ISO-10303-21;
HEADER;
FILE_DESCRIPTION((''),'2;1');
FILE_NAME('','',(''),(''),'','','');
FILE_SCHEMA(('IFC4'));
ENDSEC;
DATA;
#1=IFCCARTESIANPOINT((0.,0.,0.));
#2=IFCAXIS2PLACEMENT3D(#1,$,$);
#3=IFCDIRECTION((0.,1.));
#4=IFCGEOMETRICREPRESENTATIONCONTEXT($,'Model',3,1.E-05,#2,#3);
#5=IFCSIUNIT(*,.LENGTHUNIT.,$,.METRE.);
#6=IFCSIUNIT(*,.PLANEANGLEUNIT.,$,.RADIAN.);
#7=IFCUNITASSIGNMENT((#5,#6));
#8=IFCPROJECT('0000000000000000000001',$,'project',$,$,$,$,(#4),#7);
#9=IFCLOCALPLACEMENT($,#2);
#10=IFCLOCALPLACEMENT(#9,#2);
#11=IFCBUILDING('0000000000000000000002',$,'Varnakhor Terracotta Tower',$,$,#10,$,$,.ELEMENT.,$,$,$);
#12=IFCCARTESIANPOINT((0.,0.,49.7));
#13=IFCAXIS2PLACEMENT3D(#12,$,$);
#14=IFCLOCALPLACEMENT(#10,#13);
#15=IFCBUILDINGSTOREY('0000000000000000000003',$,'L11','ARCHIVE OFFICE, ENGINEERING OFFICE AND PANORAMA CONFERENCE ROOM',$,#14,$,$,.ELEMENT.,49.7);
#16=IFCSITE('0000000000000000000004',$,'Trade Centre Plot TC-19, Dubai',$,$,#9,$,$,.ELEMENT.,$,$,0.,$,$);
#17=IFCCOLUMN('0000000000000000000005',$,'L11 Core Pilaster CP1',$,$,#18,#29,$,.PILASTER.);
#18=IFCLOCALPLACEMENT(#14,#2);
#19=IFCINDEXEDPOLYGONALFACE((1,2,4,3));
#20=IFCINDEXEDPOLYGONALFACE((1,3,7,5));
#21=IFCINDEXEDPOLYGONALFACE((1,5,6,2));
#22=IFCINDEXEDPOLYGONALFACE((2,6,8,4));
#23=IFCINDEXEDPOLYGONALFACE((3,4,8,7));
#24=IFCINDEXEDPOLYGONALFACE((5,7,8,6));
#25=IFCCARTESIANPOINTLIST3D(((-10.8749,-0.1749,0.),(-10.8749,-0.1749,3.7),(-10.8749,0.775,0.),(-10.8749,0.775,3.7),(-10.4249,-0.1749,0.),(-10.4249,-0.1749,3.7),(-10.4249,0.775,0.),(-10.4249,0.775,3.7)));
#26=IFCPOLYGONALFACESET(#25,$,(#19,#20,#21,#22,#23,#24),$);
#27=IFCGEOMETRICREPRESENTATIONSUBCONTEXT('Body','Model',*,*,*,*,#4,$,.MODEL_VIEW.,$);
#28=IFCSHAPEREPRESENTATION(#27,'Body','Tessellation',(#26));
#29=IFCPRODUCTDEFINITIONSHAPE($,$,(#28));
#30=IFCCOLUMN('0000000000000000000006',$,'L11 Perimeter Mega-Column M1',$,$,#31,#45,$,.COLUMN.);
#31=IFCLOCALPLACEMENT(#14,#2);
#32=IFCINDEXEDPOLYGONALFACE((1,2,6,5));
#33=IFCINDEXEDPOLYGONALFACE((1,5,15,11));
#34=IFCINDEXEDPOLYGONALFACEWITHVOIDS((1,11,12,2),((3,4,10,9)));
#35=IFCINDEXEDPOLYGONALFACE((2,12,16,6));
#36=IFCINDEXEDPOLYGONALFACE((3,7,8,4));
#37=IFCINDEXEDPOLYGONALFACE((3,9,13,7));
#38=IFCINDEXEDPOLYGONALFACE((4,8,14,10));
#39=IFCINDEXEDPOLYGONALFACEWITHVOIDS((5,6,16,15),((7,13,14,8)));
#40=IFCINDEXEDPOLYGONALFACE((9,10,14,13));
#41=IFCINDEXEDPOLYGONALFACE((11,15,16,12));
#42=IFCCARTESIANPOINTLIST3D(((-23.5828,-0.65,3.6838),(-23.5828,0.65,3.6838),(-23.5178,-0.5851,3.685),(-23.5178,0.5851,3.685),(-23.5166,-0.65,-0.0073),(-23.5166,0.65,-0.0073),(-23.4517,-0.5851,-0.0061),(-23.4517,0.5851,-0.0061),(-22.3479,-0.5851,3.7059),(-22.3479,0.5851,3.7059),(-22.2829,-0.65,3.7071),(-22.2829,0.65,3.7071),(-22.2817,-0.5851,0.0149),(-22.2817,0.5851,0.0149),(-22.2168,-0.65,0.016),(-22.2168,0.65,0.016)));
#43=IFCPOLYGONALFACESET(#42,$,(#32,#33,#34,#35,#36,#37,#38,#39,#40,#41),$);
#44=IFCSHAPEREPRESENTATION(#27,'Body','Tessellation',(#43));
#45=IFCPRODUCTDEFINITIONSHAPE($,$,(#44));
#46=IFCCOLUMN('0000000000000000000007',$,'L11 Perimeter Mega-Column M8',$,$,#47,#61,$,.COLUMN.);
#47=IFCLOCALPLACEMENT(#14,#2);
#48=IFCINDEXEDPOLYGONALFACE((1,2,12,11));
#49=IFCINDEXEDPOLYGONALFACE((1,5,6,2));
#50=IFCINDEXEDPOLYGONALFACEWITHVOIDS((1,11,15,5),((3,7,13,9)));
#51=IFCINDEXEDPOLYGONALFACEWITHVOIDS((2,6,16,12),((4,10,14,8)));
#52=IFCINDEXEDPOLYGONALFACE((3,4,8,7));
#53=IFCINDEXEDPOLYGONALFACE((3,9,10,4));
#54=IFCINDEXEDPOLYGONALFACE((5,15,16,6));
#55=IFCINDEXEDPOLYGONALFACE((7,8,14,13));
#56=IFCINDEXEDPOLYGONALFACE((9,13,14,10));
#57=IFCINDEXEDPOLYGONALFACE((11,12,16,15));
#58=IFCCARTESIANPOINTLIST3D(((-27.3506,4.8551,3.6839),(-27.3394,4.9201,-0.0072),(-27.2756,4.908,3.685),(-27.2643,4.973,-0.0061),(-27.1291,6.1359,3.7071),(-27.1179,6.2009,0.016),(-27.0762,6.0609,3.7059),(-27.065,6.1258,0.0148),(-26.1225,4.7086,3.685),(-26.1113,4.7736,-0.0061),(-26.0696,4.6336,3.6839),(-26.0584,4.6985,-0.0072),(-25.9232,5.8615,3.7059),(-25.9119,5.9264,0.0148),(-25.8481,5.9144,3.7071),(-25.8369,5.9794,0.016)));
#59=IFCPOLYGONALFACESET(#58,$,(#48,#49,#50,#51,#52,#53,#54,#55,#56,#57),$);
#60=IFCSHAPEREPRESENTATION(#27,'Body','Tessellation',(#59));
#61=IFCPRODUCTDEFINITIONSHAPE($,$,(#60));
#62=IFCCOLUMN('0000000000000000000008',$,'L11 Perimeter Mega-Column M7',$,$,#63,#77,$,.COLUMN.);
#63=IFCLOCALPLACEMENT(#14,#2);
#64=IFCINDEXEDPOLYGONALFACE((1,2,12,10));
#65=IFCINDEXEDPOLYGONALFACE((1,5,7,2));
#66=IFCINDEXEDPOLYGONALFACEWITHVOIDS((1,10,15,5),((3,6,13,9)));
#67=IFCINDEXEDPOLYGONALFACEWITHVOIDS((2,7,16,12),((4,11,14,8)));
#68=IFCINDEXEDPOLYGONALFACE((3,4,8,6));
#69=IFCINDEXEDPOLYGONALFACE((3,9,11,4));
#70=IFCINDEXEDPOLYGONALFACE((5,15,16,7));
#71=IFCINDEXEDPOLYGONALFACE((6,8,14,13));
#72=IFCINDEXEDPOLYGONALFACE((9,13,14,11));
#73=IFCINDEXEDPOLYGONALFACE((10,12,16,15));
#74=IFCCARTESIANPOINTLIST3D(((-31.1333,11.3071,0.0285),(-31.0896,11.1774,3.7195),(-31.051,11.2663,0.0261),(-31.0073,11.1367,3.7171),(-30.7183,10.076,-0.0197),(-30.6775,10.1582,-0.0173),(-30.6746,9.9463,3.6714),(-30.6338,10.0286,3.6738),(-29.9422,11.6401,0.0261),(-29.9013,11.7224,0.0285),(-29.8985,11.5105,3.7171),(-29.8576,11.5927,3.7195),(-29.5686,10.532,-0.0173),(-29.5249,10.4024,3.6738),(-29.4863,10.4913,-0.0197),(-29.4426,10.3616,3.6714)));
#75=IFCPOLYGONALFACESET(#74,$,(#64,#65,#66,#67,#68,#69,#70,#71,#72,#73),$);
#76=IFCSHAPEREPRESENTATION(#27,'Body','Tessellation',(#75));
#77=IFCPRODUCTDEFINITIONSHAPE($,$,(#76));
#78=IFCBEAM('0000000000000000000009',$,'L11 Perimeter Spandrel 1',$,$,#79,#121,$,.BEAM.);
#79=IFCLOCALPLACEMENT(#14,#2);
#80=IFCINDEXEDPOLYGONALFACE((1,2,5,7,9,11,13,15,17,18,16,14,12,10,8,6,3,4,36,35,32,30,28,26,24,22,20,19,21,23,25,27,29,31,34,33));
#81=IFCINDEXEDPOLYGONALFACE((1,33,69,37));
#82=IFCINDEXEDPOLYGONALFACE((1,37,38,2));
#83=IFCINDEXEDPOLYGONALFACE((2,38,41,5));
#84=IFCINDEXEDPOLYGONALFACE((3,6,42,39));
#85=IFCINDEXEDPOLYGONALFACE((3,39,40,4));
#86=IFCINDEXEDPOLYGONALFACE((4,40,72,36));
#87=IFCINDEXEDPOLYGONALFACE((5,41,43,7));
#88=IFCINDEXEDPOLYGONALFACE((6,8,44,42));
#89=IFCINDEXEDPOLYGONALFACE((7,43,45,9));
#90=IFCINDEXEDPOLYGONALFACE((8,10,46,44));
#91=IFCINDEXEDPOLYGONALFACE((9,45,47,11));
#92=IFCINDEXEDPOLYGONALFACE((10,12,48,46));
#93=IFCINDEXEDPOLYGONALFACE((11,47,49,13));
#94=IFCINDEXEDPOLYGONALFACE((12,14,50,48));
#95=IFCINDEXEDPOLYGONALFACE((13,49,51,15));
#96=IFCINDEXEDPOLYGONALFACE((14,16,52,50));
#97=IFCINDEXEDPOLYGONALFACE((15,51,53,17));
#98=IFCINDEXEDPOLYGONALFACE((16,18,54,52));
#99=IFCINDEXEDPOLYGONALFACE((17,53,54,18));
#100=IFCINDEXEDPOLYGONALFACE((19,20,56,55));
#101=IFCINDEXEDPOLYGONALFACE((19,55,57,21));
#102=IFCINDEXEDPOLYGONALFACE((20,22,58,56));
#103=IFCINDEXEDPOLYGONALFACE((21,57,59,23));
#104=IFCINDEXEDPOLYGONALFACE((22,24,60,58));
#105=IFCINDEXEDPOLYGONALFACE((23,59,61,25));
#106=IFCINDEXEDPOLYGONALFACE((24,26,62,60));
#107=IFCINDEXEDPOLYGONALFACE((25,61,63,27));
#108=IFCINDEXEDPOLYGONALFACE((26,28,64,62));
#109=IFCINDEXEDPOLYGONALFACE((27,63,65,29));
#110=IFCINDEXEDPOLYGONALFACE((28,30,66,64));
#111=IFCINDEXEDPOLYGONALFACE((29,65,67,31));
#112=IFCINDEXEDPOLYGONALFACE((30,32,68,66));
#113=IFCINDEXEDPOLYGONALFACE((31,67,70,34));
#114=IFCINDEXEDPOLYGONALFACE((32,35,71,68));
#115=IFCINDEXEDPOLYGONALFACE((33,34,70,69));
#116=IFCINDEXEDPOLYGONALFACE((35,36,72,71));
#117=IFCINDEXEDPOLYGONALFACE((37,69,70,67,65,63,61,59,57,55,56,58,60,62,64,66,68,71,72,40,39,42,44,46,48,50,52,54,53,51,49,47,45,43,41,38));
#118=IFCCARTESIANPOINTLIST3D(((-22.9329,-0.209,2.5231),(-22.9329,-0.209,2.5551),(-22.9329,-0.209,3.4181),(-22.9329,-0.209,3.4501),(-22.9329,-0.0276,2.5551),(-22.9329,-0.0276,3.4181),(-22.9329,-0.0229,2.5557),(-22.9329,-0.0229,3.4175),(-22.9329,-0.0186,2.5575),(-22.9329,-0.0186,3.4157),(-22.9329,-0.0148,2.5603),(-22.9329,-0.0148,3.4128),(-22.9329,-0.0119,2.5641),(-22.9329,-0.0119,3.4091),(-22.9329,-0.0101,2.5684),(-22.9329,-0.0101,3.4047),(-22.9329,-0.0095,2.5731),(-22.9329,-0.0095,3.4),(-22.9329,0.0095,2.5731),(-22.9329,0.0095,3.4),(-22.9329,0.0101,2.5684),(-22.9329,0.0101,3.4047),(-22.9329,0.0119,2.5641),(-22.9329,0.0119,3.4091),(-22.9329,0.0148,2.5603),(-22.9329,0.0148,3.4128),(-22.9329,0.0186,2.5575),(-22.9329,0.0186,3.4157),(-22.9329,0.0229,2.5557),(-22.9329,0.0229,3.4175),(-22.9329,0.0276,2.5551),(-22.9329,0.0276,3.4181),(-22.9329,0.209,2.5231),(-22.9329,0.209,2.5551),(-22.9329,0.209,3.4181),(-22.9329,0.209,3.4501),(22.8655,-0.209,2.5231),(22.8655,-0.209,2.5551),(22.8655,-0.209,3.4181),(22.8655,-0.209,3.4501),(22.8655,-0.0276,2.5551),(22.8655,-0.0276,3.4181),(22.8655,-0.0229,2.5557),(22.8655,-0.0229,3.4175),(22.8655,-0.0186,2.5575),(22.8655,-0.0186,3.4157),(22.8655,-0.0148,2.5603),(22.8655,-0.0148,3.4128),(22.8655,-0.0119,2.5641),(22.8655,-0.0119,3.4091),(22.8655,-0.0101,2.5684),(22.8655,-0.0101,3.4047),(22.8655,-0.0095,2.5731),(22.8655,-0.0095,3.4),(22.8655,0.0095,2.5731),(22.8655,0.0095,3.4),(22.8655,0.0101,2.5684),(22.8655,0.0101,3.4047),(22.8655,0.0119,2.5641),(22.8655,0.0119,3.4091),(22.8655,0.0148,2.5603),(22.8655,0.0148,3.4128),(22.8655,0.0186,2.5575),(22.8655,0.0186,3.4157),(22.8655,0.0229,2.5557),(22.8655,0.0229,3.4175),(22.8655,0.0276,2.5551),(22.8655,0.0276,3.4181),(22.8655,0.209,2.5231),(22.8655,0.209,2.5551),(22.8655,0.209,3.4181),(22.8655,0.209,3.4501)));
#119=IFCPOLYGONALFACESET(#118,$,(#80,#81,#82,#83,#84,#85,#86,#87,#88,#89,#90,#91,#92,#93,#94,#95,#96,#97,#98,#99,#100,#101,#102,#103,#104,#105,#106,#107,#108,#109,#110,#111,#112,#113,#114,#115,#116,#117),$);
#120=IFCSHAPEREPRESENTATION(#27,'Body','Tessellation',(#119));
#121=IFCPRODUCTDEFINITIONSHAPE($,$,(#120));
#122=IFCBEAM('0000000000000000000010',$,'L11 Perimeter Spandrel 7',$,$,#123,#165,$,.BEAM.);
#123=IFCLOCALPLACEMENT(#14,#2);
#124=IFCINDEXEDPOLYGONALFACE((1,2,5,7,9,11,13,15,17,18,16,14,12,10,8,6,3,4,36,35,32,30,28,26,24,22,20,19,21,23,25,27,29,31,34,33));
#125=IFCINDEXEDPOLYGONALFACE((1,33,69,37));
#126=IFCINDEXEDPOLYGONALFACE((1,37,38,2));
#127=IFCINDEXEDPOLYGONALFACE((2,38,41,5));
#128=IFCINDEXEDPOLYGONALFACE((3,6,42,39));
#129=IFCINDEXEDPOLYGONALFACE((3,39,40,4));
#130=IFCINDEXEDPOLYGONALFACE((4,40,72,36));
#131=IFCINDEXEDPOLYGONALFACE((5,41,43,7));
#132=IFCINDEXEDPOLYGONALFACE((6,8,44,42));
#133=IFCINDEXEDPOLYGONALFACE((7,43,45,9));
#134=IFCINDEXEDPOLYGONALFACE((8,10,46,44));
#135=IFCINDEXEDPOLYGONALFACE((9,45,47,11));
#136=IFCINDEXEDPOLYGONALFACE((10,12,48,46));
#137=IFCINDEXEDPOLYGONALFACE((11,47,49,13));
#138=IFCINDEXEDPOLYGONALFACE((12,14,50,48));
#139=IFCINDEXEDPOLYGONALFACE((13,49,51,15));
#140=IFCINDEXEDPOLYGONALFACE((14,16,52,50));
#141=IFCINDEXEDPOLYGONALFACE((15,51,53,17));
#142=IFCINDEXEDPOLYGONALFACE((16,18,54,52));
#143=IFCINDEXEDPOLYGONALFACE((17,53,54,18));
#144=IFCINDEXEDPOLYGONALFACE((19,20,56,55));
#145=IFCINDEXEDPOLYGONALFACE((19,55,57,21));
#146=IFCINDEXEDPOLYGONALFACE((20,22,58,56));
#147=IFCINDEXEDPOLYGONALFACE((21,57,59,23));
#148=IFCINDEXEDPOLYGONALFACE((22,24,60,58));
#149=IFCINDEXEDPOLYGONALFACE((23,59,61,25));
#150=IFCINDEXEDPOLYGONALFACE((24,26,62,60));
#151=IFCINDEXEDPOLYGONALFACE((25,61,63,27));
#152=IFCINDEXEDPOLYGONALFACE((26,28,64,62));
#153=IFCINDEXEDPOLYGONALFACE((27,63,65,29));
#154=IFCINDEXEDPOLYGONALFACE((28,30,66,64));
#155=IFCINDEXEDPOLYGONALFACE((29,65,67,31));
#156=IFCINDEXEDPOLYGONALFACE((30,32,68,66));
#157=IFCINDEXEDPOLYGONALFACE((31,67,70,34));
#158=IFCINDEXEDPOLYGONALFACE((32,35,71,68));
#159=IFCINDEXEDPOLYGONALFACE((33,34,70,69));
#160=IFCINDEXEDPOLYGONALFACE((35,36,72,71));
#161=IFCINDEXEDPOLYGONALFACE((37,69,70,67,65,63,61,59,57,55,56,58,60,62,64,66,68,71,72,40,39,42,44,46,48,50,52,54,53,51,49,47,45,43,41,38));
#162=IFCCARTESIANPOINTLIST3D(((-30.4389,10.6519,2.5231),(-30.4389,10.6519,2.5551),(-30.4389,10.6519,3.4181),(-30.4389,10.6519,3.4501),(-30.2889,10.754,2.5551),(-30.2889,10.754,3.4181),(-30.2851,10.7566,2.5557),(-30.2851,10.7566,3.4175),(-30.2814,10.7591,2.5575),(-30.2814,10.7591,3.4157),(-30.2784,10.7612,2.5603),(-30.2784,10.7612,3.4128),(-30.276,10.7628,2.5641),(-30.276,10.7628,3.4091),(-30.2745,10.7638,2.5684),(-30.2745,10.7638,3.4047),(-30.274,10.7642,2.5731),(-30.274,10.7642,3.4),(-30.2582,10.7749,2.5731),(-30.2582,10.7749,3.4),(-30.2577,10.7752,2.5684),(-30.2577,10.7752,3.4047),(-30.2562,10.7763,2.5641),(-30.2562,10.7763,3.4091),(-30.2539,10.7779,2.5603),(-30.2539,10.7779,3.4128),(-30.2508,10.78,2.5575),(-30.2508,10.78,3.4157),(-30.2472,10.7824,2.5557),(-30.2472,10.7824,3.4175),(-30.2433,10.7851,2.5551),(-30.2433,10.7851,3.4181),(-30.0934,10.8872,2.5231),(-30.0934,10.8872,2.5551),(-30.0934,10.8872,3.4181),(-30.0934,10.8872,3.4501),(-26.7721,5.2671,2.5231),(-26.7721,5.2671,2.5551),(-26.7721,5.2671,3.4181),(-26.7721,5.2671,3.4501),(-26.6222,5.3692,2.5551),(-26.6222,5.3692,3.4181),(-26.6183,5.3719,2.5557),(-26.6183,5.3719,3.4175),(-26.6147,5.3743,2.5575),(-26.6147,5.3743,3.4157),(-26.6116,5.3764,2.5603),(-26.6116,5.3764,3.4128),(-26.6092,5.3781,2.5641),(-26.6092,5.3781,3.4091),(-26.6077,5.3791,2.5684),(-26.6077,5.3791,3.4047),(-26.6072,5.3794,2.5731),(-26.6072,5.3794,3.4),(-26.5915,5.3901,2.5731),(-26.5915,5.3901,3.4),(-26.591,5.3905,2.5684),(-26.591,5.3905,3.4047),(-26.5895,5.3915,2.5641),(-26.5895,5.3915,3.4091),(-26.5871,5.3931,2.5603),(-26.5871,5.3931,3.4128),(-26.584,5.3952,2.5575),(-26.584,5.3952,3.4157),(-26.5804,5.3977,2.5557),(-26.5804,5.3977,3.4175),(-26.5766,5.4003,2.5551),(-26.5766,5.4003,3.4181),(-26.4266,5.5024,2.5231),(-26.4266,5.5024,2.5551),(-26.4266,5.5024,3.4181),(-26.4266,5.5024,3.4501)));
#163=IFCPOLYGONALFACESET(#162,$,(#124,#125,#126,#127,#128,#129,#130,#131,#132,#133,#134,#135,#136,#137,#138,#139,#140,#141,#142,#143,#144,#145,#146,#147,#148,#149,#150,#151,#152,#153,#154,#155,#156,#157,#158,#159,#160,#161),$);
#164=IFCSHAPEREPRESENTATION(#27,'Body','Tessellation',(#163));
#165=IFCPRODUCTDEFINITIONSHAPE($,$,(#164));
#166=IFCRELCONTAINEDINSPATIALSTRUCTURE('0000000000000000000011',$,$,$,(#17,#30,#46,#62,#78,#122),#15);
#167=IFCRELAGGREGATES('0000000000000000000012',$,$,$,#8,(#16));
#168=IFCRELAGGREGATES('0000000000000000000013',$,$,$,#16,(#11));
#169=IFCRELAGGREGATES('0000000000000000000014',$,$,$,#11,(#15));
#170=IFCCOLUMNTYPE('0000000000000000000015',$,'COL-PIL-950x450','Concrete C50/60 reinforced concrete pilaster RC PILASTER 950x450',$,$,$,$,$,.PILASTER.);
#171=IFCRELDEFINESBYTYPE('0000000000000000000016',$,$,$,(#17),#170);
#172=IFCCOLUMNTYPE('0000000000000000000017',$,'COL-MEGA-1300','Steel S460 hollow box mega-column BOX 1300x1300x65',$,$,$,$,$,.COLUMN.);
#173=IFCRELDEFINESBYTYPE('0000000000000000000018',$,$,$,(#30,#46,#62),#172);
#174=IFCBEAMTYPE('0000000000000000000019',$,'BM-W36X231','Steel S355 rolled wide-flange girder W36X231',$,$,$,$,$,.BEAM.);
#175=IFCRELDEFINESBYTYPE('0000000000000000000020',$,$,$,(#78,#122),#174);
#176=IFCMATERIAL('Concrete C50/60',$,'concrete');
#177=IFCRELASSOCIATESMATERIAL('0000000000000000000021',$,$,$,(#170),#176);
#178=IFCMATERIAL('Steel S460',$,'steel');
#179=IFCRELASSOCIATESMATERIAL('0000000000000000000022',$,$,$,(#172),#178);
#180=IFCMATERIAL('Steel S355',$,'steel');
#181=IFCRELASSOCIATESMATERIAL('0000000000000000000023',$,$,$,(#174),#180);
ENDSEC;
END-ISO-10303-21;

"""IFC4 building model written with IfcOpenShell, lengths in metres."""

from ifc_helpers import new_model, si_unit, direction, frame, origin, origin_2d, place, context, subcontext, project, spatial, rectangle, hollow_rectangle, i_section, extrude, source, transform, mapped, material, material_profile, profile_set, type_object, element, save


model = new_model("IFC4")

# Units and contexts
model_context = context("Model", 3, precision=1e-05, world=origin(), true_north=direction((0.0, 1.0)))
body_context = subcontext(model_context, "Body", "Model", "MODEL_VIEW")
ifc_project = project(units=[si_unit("LENGTHUNIT", "METRE"), si_unit("PLANEANGLEUNIT", "RADIAN")], contexts=[model_context])

# Site, building, storey
site_placement = place(None, origin())
site = spatial("IfcSite", under=ifc_project, at=site_placement, Name="Trade Centre Plot TC-19, Dubai", CompositionType="ELEMENT", RefElevation=0.0)
building_placement = place(site_placement, origin())
building = spatial("IfcBuilding", under=site, at=building_placement, Name="Varnakhor Terracotta Tower", CompositionType="ELEMENT")
storey_placement = place(building_placement, frame((0.0, 0.0, 49.7)))
storey = spatial("IfcBuildingStorey", under=building, at=storey_placement, Name="L11", Description="ARCHIVE OFFICE, ENGINEERING OFFICE AND PANORAMA CONFERENCE ROOM", CompositionType="ELEMENT", Elevation=49.7)

# Columns
ifc_material_1 = material(Name="Concrete C50/60", Category="concrete")
ifc_material_profile_1 = material_profile(ifc_material_1, rectangle(XDim=0.45, YDim=0.95, at=origin_2d()), Name="RC PILASTER 950x450")
ifc_profile_set_1 = profile_set([ifc_material_profile_1], Name="Concrete C50/60")
column_type_1 = type_object("IfcColumnType", Name="COL-PIL-950x450", Description="Concrete C50/60 reinforced concrete pilaster RC PILASTER 950x450", PredefinedType="PILASTER", material=ifc_profile_set_1)
shared_shape_1 = source(origin(), body_context, "Body", "SweptSolid", [
    extrude(rectangle(XDim=0.45, YDim=0.95, at=origin_2d()), origin(), (0.0, 0.0, 1.0), 3.7),
])
column_1_placement = place(storey_placement, frame((-10.6499, 0.3, 0.0), z_axis=(0.0, 0.0, 1.0), x_axis=(1.0, 0.0, 0.0)))
element("IfcColumn", 1, at=column_1_placement, inside=storey, type_object=column_type_1, Name="L11 Core Pilaster CP1", PredefinedType="PILASTER", context=body_context, shape_type="MappedRepresentation", body=[
    mapped(shared_shape_1, transform((0.0, 0.0, 0.0), scale=1.0)),
])
ifc_material_2 = material(Name="Steel S460", Category="steel")
ifc_material_profile_2 = material_profile(ifc_material_2, hollow_rectangle(XDim=1.3, YDim=1.3, WallThickness=0.0649, at=origin_2d()), Name="BOX 1300x1300x65")
ifc_profile_set_2 = profile_set([ifc_material_profile_2], Name="Steel S460")
column_type_2 = type_object("IfcColumnType", Name="COL-MEGA-1300", Description="Steel S460 hollow box mega-column BOX 1300x1300x65", PredefinedType="COLUMN", material=ifc_profile_set_2)
shared_shape_2 = source(origin(), body_context, "Body", "SweptSolid", [
    extrude(hollow_rectangle(XDim=1.3, YDim=1.3, WallThickness=0.0649, at=origin_2d()), origin(), (0.0, 0.0, 1.0), 3.6917),
])
for number, where, z_axis, x_axis, name in (
    (2, (-22.8667, 0.0, 0.0044), (-0.017922, 0.0, 0.999839), (0.0, -1.0, 0.0), "L11 Perimeter Mega-Column M1"),
    (3, (-26.5881, 5.4497, 0.0044), (-0.003042, -0.017591, 0.999841), (0.985374, -0.170403, 0.0), "L11 Perimeter Mega-Column M8"),
):
    element("IfcColumn", number, at=place(storey_placement, frame(where, z_axis=z_axis, x_axis=x_axis)), inside=storey, type_object=column_type_2, Name=name, PredefinedType="COLUMN", context=body_context, shape_type="MappedRepresentation", body=[
        mapped(shared_shape_2, transform((0.0, 0.0, 0.0), scale=1.0)),
    ])
shared_shape_3 = source(origin(), body_context, "Body", "SweptSolid", [
    extrude(hollow_rectangle(XDim=1.3, YDim=1.3, WallThickness=0.0649, at=origin_2d()), origin(), (0.0, 0.0, 1.0), 3.6936),
])
column_2_placement = place(storey_placement, frame((-30.3098, 10.8992, 0.0044), z_axis=(0.011831, -0.035097, 0.999314), x_axis=(0.947607, 0.319438, 0.0)))
element("IfcColumn", 4, at=column_2_placement, inside=storey, type_object=column_type_2, Name="L11 Perimeter Mega-Column M7", PredefinedType="COLUMN", context=body_context, shape_type="MappedRepresentation", body=[
    mapped(shared_shape_3, transform((0.0, 0.0, 0.0), scale=1.0)),
])

# Beams
ifc_material_3 = material(Name="Steel S355", Category="steel")
ifc_material_profile_3 = material_profile(ifc_material_3, i_section(OverallWidth=0.418, OverallDepth=0.927, WebThickness=0.019, FlangeThickness=0.032, FilletRadius=0.0181, at=origin_2d()), Name="W36X231")
ifc_profile_set_3 = profile_set([ifc_material_profile_3], Name="Steel S355")
beam_type_1 = type_object("IfcBeamType", Name="BM-W36X231", Description="Steel S355 rolled wide-flange girder W36X231", PredefinedType="BEAM", material=ifc_profile_set_3)
shared_shape_4 = source(origin(), body_context, "Body", "SweptSolid", [
    extrude(i_section(OverallWidth=0.418, OverallDepth=0.927, WebThickness=0.019, FlangeThickness=0.032, FilletRadius=0.0181, at=origin_2d()), origin(), (0.0, 0.0, 1.0), 45.7983),
])
beam_1_placement = place(storey_placement, frame((-22.9329, 0.0, 2.9866), z_axis=(1.0, 0.0, 0.0), x_axis=(0.0, 1.0, 0.0)))
element("IfcBeam", 5, at=beam_1_placement, inside=storey, type_object=beam_type_1, Name="L11 Perimeter Spandrel 1", PredefinedType="BEAM", context=body_context, shape_type="MappedRepresentation", body=[
    mapped(shared_shape_4, transform((0.0, 0.0, 0.0), scale=1.0)),
])
shared_shape_5 = source(origin(), body_context, "Body", "SweptSolid", [
    extrude(i_section(OverallWidth=0.418, OverallDepth=0.927, WebThickness=0.019, FlangeThickness=0.032, FilletRadius=0.0181, at=origin_2d()), origin(), (0.0, 0.0, 1.0), 6.5146),
])
beam_2_placement = place(storey_placement, frame((-30.2661, 10.7695, 2.9866), z_axis=(0.562846, -0.826562, 0.0), x_axis=(0.826562, 0.562846, 0.0)))
element("IfcBeam", 6, at=beam_2_placement, inside=storey, type_object=beam_type_1, Name="L11 Perimeter Spandrel 7", PredefinedType="BEAM", context=body_context, shape_type="MappedRepresentation", body=[
    mapped(shared_shape_5, transform((0.0, 0.0, 0.0), scale=1.0)),
])

save(model, "model.ifc")
